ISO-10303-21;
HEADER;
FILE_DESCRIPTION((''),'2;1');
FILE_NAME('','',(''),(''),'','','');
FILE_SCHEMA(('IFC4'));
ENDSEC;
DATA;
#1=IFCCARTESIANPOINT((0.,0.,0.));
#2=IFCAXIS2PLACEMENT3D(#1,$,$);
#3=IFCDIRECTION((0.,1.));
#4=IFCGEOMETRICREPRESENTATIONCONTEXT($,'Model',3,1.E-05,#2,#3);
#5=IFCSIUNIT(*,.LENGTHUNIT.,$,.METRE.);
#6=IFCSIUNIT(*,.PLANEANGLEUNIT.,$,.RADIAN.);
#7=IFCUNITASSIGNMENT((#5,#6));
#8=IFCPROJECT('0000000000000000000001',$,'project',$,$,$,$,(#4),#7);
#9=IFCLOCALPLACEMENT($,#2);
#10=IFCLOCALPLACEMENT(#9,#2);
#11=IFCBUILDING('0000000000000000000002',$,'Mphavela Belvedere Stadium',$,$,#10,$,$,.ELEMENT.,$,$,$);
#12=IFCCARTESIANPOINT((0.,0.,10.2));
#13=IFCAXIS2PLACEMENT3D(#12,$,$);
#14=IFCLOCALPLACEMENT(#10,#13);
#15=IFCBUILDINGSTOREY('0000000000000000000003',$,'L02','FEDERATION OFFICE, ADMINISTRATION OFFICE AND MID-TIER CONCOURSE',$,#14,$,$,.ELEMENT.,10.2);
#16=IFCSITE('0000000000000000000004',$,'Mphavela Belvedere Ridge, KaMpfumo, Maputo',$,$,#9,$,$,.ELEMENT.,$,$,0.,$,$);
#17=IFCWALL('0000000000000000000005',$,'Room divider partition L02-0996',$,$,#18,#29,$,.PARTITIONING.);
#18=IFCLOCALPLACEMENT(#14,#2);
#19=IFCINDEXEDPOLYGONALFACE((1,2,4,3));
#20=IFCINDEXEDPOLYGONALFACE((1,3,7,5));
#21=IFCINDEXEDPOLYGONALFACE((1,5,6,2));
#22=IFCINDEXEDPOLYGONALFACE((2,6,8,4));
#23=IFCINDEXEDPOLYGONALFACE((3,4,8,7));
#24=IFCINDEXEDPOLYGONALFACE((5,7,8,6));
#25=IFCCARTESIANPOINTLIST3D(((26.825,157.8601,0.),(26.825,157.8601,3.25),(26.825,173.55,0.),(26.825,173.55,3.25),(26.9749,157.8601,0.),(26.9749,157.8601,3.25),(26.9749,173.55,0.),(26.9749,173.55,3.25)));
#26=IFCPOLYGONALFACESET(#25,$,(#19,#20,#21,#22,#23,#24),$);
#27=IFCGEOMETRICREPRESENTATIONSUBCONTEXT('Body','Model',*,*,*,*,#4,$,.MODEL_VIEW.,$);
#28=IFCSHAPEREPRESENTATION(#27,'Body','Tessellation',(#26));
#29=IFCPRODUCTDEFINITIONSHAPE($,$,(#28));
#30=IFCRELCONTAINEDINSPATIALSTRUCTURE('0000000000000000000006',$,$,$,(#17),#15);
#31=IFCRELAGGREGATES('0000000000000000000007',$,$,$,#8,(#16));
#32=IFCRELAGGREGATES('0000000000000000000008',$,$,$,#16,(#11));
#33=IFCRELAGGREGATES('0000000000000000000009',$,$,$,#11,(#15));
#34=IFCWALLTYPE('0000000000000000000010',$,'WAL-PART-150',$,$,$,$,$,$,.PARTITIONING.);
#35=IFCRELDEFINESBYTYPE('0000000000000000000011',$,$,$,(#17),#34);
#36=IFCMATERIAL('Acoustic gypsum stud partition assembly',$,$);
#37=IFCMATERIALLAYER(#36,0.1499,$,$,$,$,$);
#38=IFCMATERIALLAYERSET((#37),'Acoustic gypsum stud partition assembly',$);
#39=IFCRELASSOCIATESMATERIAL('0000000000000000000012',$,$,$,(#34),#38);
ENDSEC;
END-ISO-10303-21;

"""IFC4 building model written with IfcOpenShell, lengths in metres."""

from ifc_helpers import new_model, si_unit, direction, frame, frame_2d, origin, place, context, subcontext, project, spatial, rectangle, extrude, material, layer, layer_set, type_object, element, save


model = new_model("IFC4")

# Units and contexts
model_context = context("Model", 3, precision=1e-05, world=origin(), true_north=direction((0.0, 1.0)))
body_context = subcontext(model_context, "Body", "Model", "MODEL_VIEW")
ifc_project = project(units=[si_unit("LENGTHUNIT", "METRE"), si_unit("PLANEANGLEUNIT", "RADIAN")], contexts=[model_context])

# Site, building, storey
site_placement = place(None, origin())
site = spatial("IfcSite", under=ifc_project, at=site_placement, Name="Mphavela Belvedere Ridge, KaMpfumo, Maputo", CompositionType="ELEMENT", RefElevation=0.0)
building_placement = place(site_placement, origin())
building = spatial("IfcBuilding", under=site, at=building_placement, Name="Mphavela Belvedere Stadium", CompositionType="ELEMENT")
storey_placement = place(building_placement, frame((0.0, 0.0, 10.2)))
storey = spatial("IfcBuildingStorey", under=building, at=storey_placement, Name="L02", Description="FEDERATION OFFICE, ADMINISTRATION OFFICE AND MID-TIER CONCOURSE", CompositionType="ELEMENT", Elevation=10.2)

# Wall
ifc_material_1 = material(Name="Acoustic gypsum stud partition assembly")
ifc_layer_1 = layer(ifc_material_1, 0.1499)
ifc_layer_set_1 = layer_set([ifc_layer_1], Name="Acoustic gypsum stud partition assembly")
wall_type_1 = type_object("IfcWallType", Name="WAL-PART-150", PredefinedType="PARTITIONING", material=ifc_layer_set_1)
wall_1_placement = place(storey_placement, frame((26.8999, 173.55, 0.0), z_axis=(0.0, 0.0, 1.0), x_axis=(0.0, -1.0, 0.0)))
element("IfcWall", 1, at=wall_1_placement, inside=storey, type_object=wall_type_1, Name="Room divider partition L02-0996", PredefinedType="PARTITIONING", context=body_context, shape_type="SweptSolid", body=[
    extrude(rectangle(XDim=15.6899, YDim=0.1499, at=frame_2d((7.845, 0.0))), origin(), (0.0, 0.0, 1.0), 3.25),
])

save(model, "model.ifc")
